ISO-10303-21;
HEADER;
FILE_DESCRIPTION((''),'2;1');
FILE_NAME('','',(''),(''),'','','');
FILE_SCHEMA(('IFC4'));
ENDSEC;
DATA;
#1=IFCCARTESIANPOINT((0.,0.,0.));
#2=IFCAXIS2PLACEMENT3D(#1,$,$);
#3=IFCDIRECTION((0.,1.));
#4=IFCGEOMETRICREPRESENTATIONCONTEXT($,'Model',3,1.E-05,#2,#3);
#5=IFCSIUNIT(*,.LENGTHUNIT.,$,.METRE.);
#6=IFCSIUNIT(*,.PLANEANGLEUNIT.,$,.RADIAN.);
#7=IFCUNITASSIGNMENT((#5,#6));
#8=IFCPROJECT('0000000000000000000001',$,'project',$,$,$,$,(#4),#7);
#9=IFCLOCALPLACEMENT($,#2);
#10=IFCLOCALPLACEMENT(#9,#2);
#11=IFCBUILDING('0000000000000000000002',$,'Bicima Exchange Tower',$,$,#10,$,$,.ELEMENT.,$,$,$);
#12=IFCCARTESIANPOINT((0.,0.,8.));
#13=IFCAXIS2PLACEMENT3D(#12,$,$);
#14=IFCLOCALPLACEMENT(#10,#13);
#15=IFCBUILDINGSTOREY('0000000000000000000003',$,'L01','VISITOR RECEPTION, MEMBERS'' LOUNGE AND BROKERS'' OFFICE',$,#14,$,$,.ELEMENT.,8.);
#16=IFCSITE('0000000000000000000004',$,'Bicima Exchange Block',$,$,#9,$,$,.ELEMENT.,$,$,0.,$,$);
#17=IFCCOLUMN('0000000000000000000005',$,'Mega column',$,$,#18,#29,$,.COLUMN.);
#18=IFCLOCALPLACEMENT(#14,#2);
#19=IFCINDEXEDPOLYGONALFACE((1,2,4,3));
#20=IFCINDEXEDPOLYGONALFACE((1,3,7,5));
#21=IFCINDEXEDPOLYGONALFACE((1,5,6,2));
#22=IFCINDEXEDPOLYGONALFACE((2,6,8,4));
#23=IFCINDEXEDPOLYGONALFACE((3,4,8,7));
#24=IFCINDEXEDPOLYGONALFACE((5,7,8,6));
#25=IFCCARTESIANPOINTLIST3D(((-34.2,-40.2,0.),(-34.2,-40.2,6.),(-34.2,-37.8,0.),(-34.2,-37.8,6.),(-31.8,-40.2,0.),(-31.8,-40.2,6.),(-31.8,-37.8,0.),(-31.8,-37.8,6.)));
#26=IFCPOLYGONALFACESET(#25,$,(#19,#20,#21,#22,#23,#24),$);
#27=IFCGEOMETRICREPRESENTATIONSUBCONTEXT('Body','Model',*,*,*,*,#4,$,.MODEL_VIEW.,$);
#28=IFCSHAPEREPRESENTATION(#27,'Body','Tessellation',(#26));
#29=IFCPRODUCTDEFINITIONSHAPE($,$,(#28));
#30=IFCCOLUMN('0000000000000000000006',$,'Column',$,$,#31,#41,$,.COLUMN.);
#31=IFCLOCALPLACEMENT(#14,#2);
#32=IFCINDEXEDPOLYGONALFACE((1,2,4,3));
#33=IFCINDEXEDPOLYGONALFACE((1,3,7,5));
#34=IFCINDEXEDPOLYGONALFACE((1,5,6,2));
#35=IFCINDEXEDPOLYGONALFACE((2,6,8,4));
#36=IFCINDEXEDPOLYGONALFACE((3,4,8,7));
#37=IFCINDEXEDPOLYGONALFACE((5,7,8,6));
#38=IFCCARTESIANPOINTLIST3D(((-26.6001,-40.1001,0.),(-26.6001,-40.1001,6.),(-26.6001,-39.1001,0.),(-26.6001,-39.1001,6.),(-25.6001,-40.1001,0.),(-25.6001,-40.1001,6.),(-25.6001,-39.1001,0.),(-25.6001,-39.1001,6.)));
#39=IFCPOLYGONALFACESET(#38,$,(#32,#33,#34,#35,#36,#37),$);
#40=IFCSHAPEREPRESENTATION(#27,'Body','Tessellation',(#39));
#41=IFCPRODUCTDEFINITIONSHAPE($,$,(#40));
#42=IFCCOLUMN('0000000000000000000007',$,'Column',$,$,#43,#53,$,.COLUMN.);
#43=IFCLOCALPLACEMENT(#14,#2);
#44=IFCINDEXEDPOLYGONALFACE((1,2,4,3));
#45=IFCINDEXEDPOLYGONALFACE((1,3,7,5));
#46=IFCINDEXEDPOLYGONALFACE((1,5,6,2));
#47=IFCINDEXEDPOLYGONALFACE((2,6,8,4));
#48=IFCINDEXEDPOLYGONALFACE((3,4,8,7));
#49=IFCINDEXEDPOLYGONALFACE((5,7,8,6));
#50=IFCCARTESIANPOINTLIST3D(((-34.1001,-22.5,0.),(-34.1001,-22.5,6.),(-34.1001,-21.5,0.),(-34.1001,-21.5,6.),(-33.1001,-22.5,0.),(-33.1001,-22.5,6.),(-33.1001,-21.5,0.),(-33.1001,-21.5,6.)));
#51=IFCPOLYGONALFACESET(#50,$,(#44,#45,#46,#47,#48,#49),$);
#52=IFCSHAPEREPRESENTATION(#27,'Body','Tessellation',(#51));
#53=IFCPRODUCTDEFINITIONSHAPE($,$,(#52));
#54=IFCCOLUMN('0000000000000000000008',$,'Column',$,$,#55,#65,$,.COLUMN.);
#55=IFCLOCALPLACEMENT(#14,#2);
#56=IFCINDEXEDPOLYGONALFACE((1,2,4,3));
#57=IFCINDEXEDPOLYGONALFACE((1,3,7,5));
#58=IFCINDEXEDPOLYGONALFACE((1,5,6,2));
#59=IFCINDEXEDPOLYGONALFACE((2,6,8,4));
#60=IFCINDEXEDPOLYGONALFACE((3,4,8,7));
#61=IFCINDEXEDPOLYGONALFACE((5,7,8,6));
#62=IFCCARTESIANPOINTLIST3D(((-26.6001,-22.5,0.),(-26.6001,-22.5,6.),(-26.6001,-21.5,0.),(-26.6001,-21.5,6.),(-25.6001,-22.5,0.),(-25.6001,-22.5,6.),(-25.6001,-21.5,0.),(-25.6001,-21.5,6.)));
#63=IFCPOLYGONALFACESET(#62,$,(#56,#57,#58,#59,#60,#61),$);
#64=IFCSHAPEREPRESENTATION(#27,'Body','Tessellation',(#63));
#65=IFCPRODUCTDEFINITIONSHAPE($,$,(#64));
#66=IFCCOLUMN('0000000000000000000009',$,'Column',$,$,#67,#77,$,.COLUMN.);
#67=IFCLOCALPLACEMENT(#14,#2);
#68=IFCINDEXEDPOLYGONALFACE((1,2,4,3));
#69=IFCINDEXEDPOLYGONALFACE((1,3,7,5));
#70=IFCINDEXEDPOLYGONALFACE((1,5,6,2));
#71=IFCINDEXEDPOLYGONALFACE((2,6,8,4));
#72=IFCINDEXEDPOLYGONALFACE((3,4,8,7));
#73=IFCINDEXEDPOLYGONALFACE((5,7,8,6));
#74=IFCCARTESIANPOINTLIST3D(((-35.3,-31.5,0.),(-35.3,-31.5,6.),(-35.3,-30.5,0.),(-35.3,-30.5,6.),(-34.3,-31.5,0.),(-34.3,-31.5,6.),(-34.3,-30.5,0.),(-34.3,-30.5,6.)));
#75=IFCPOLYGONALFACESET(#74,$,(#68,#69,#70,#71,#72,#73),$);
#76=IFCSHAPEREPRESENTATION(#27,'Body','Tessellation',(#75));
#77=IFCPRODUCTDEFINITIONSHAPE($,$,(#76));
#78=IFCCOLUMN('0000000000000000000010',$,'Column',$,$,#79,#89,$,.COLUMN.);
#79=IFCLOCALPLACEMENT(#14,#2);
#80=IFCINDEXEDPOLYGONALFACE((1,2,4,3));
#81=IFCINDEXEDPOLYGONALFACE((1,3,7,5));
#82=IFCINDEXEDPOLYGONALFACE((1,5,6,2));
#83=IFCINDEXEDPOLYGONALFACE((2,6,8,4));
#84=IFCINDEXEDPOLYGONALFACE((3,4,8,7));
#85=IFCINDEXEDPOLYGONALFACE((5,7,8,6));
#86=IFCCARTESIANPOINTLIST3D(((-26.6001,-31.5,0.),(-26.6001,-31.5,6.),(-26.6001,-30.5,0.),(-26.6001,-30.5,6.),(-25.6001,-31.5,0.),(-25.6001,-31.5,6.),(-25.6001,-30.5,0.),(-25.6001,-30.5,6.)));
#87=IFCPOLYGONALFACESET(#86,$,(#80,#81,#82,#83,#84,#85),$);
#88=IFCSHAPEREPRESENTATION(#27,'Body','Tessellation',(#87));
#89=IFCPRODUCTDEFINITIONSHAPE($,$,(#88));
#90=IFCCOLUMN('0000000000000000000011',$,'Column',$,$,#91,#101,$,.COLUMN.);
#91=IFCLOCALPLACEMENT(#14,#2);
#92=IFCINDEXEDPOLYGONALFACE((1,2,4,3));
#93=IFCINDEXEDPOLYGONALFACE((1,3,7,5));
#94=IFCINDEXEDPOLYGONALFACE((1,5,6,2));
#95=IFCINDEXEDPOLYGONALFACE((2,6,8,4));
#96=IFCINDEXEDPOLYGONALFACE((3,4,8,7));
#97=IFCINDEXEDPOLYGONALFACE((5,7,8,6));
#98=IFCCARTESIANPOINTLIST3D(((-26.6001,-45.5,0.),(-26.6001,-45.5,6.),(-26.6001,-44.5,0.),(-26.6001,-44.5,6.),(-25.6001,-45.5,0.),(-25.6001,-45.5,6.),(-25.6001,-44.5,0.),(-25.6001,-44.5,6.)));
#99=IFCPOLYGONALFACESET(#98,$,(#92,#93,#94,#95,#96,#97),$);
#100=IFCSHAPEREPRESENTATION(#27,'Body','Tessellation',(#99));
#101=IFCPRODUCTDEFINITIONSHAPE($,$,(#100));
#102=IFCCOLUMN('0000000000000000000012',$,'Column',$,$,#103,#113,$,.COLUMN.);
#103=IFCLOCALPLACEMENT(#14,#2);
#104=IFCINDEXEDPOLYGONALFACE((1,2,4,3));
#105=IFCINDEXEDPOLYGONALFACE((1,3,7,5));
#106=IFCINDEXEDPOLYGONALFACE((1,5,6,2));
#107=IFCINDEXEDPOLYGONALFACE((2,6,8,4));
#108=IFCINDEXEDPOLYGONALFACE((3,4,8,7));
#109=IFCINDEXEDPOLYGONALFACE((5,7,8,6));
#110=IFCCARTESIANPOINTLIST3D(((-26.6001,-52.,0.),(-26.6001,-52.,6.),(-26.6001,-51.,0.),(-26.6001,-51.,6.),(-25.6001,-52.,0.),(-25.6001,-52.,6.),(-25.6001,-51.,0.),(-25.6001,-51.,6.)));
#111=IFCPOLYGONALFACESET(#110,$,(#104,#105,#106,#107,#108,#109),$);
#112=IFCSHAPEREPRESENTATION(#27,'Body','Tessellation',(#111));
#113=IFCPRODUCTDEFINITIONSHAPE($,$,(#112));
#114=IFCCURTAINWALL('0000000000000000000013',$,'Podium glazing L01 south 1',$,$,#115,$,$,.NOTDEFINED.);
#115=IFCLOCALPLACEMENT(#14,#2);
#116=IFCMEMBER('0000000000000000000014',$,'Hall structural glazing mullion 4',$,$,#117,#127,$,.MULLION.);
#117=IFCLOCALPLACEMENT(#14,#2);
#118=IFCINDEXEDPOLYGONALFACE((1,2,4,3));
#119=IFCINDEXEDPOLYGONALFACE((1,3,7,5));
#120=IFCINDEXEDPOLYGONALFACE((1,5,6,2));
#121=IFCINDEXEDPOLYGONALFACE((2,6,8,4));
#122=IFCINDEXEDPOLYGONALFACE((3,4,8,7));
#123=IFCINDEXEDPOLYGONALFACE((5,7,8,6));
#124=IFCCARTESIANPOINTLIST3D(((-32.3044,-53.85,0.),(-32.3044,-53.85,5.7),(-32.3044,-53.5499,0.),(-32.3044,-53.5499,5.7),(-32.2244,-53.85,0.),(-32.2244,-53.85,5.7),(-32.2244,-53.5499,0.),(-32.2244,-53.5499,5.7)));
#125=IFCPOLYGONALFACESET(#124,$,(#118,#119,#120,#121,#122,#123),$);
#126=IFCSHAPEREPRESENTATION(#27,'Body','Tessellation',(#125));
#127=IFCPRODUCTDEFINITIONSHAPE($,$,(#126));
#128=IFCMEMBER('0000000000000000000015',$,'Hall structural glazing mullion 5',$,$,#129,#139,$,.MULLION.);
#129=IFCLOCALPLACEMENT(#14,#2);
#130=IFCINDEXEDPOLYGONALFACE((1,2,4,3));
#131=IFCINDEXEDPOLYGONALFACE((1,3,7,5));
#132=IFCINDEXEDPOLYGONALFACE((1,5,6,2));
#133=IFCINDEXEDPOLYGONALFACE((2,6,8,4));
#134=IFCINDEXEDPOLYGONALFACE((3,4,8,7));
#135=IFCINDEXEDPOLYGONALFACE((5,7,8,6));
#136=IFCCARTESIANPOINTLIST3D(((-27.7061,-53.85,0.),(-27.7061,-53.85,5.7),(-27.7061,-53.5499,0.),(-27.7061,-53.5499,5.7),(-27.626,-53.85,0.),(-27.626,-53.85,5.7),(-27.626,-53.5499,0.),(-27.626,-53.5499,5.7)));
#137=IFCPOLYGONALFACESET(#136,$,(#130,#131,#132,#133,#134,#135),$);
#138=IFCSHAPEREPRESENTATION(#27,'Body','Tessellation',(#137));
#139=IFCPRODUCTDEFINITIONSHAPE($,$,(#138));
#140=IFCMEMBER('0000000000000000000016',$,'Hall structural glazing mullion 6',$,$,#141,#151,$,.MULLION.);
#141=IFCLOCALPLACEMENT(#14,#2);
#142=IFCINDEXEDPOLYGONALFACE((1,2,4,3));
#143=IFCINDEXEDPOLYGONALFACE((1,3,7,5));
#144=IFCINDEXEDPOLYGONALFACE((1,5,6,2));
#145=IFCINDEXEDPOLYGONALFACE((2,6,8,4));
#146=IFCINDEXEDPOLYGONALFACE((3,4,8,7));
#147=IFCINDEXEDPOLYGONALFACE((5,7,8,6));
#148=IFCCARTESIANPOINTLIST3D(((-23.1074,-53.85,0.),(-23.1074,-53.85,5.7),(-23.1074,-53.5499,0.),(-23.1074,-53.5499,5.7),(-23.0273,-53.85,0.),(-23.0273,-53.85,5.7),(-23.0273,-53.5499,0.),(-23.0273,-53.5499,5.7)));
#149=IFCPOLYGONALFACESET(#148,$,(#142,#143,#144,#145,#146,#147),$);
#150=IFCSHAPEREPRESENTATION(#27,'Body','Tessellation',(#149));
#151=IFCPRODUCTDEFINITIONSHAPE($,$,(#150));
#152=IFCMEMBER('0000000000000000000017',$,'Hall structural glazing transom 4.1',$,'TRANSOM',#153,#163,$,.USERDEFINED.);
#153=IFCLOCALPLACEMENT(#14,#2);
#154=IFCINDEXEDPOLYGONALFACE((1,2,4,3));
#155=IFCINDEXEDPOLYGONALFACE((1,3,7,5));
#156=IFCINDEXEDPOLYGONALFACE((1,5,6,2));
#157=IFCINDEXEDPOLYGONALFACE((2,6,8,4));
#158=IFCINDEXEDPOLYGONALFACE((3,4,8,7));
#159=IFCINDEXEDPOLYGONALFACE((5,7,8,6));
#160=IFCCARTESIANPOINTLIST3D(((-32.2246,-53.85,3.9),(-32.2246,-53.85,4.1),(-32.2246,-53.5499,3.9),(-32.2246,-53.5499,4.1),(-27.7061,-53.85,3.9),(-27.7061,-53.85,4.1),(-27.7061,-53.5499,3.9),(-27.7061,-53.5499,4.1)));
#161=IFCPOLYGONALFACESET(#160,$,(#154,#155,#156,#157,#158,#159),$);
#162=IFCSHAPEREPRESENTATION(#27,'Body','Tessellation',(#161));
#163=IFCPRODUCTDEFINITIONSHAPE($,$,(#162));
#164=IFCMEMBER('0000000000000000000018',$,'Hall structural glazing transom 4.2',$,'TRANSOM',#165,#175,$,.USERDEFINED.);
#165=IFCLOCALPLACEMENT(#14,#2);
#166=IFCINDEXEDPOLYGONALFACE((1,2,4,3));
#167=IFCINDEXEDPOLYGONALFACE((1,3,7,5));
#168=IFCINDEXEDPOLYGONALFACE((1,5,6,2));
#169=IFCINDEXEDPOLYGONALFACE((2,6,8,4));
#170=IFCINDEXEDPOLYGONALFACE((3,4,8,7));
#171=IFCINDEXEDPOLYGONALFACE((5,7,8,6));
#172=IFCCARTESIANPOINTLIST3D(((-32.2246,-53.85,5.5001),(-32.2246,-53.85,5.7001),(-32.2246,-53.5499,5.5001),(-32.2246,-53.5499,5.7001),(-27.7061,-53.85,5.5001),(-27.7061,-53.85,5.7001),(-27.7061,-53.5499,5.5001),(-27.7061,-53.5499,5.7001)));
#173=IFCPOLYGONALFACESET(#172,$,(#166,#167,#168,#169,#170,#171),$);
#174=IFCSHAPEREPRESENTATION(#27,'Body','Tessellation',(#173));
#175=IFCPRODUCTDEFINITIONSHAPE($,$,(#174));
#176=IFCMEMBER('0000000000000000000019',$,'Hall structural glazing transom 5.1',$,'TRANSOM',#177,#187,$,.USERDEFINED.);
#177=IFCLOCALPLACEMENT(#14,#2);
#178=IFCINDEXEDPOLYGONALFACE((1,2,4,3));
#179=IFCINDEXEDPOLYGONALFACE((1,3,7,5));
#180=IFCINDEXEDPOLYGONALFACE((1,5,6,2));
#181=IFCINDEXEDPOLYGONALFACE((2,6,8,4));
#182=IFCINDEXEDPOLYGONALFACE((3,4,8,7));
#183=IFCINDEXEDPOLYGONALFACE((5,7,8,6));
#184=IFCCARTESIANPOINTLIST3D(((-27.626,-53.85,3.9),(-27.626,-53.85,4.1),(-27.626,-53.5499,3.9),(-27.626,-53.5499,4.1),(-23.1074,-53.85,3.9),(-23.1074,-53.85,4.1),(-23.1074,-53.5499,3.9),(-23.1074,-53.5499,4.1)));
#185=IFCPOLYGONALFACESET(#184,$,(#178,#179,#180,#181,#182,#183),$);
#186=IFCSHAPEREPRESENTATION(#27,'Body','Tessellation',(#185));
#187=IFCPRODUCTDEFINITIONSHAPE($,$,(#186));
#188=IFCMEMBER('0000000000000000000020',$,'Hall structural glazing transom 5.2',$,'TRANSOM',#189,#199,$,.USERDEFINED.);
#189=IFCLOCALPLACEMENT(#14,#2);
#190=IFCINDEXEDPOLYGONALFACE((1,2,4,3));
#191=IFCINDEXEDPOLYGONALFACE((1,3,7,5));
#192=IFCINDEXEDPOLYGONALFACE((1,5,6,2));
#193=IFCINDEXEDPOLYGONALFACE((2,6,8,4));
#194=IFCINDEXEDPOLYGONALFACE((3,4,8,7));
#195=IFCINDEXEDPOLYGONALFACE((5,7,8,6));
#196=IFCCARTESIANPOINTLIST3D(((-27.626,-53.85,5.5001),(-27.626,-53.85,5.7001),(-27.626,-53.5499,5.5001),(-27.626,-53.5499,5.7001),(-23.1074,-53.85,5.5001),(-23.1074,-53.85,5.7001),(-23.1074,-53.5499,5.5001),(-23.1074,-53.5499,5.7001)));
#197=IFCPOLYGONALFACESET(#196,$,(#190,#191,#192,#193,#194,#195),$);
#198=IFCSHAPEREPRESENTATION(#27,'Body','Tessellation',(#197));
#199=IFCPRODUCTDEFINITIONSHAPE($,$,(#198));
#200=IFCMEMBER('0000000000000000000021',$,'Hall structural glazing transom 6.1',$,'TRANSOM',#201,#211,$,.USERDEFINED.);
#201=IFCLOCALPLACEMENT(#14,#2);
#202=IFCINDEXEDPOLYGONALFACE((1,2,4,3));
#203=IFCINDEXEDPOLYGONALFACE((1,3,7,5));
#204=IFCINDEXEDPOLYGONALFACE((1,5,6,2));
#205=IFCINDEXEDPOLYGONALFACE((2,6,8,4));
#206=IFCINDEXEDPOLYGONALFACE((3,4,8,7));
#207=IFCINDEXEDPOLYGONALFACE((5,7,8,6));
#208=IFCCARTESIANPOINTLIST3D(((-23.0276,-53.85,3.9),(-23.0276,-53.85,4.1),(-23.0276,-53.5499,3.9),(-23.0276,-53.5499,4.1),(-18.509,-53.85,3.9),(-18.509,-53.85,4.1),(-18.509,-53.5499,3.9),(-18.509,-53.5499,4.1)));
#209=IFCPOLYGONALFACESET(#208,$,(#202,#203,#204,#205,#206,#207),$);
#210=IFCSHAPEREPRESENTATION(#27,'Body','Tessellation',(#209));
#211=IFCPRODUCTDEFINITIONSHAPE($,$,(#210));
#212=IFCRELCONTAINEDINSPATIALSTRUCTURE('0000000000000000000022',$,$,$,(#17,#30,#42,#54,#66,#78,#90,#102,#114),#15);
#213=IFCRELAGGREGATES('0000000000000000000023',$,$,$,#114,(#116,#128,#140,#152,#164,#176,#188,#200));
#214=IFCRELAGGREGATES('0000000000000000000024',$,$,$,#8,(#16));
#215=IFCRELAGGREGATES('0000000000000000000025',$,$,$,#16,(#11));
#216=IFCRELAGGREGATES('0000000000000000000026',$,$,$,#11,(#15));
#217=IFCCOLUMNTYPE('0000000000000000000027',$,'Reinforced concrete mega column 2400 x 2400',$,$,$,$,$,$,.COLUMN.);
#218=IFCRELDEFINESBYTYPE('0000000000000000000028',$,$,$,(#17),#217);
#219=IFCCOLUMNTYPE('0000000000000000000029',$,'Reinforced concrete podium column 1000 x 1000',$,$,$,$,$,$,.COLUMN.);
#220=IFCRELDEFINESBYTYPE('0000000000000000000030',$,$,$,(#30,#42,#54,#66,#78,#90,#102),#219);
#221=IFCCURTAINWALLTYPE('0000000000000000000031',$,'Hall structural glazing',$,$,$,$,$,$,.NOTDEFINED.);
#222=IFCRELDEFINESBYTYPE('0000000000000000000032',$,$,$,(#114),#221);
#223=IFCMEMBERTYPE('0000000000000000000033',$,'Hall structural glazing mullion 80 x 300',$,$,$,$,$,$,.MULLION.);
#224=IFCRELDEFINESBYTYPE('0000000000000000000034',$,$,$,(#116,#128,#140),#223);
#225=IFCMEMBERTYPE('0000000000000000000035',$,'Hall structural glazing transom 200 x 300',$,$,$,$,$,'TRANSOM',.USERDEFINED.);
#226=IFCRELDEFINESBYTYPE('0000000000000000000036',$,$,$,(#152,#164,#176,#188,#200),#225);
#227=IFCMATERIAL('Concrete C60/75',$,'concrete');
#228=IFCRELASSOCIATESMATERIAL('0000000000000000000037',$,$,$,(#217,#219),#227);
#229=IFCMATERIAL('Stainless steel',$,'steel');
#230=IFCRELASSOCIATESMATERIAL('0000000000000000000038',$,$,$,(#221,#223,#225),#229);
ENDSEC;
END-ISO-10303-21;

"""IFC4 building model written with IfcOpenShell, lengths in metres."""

from ifc_helpers import new_model, si_unit, direction, frame, origin, origin_2d, place, context, subcontext, project, spatial, rectangle, extrude, material, material_profile, profile_set, type_object, element, aggregate, save


model = new_model("IFC4")

# Units and contexts
model_context = context("Model", 3, precision=1e-05, world=origin(), true_north=direction((0.0, 1.0)))
body_context = subcontext(model_context, "Body", "Model", "MODEL_VIEW")
ifc_project = project(units=[si_unit("LENGTHUNIT", "METRE"), si_unit("PLANEANGLEUNIT", "RADIAN")], contexts=[model_context])

# Site, building, storey
site_placement = place(None, origin())
site = spatial("IfcSite", under=ifc_project, at=site_placement, Name="Bicima Exchange Block", CompositionType="ELEMENT", RefElevation=0.0)
building_placement = place(site_placement, origin())
building = spatial("IfcBuilding", under=site, at=building_placement, Name="Bicima Exchange Tower", CompositionType="ELEMENT")
storey_placement = place(building_placement, frame((0.0, 0.0, 8.0)))
storey = spatial("IfcBuildingStorey", under=building, at=storey_placement, Name="L01", Description="VISITOR RECEPTION, MEMBERS' LOUNGE AND BROKERS' OFFICE", CompositionType="ELEMENT", Elevation=8.0)

# Columns
ifc_material_1 = material(Name="Concrete C60/75", Category="concrete")
ifc_material_profile_1 = material_profile(ifc_material_1, rectangle(XDim=2.3999, YDim=2.3999, at=origin_2d()))
ifc_profile_set_1 = profile_set([ifc_material_profile_1], Name="Concrete C60/75")
column_type_1 = type_object("IfcColumnType", Name="Reinforced concrete mega column 2400 x 2400", PredefinedType="COLUMN", material=ifc_profile_set_1)
column_placement = place(storey_placement, frame((-33.0, -39.0, 0.0), z_axis=(0.0, 0.0, 1.0), x_axis=(1.0, 0.0, 0.0)))
element("IfcColumn", 1, at=column_placement, inside=storey, type_object=column_type_1, Name="Mega column", PredefinedType="COLUMN", context=body_context, shape_type="SweptSolid", body=[
    extrude(rectangle(XDim=2.3999, YDim=2.3999, at=origin_2d()), origin(), (0.0, 0.0, 1.0), 6.0),
])
ifc_material_profile_2 = material_profile(ifc_material_1, rectangle(XDim=1.0, YDim=1.0, at=origin_2d()))
ifc_profile_set_2 = profile_set([ifc_material_profile_2], Name="Concrete C60/75")
column_type_2 = type_object("IfcColumnType", Name="Reinforced concrete podium column 1000 x 1000", PredefinedType="COLUMN", material=ifc_profile_set_2)
for number, where, z_axis, x_axis, name in (
    (2, (-26.1001, -39.6001, 0.0), (0.0, 0.0, 1.0), (1.0, 0.0, 0.0), "Column"),
    (3, (-33.6001, -22.0, 0.0), (0.0, 0.0, 1.0), (1.0, 0.0, 0.0), "Column"),
    (4, (-26.1001, -22.0, 0.0), (0.0, 0.0, 1.0), (1.0, 0.0, 0.0), "Column"),
    (5, (-34.8, -31.0, 0.0), (0.0, 0.0, 1.0), (1.0, 0.0, 0.0), "Column"),
    (6, (-26.1001, -31.0, 0.0), (0.0, 0.0, 1.0), (1.0, 0.0, 0.0), "Column"),
    (7, (-26.1001, -45.0, 0.0), (0.0, 0.0, 1.0), (1.0, 0.0, 0.0), "Column"),
    (8, (-26.1001, -51.5, 0.0), (0.0, 0.0, 1.0), (1.0, 0.0, 0.0), "Column"),
):
    element("IfcColumn", number, at=place(storey_placement, frame(where, z_axis=z_axis, x_axis=x_axis)), inside=storey, type_object=column_type_2, Name=name, PredefinedType="COLUMN", context=body_context, shape_type="SweptSolid", body=[
        extrude(rectangle(XDim=1.0, YDim=1.0, at=origin_2d()), origin(), (0.0, 0.0, 1.0), 6.0),
    ])

# Curtain wall, members
ifc_material_2 = material(Name="Stainless steel", Category="steel")
curtain_wall_type = type_object("IfcCurtainWallType", Name="Hall structural glazing", PredefinedType="NOTDEFINED", material=ifc_material_2)
curtain_wall_placement = place(storey_placement, origin())
curtain_wall = element("IfcCurtainWall", 9, at=curtain_wall_placement, inside=storey, type_object=curtain_wall_type, Name="Podium glazing L01 south 1", PredefinedType="NOTDEFINED")
ifc_material_profile_3 = material_profile(ifc_material_2, rectangle(XDim=0.3, YDim=0.0801, at=origin_2d()))
ifc_profile_set_3 = profile_set([ifc_material_profile_3], Name="Stainless steel")
member_type_1 = type_object("IfcMemberType", Name="Hall structural glazing mullion 80 x 300", PredefinedType="MULLION", material=ifc_profile_set_3)
member_1_placement = place(storey_placement, frame((-32.2644, -53.7, 0.0), z_axis=(0.0, 0.0, 1.0), x_axis=(0.0, 1.0, 0.0)))
member_1 = element("IfcMember", 10, at=member_1_placement, type_object=member_type_1, Name="Hall structural glazing mullion 4", PredefinedType="MULLION", context=body_context, shape_type="SweptSolid", body=[
    extrude(rectangle(XDim=0.3, YDim=0.0801, at=origin_2d()), origin(), (0.0, 0.0, 1.0), 5.7),
])
member_2_placement = place(storey_placement, frame((-27.666, -53.7, 0.0), z_axis=(0.0, 0.0, 1.0), x_axis=(0.0, 1.0, 0.0)))
member_2 = element("IfcMember", 11, at=member_2_placement, type_object=member_type_1, Name="Hall structural glazing mullion 5", PredefinedType="MULLION", context=body_context, shape_type="SweptSolid", body=[
    extrude(rectangle(XDim=0.3, YDim=0.0801, at=origin_2d()), origin(), (0.0, 0.0, 1.0), 5.7),
])
member_3_placement = place(storey_placement, frame((-23.0674, -53.7, 0.0), z_axis=(0.0, 0.0, 1.0), x_axis=(0.0, 1.0, 0.0)))
member_3 = element("IfcMember", 12, at=member_3_placement, type_object=member_type_1, Name="Hall structural glazing mullion 6", PredefinedType="MULLION", context=body_context, shape_type="SweptSolid", body=[
    extrude(rectangle(XDim=0.3, YDim=0.0801, at=origin_2d()), origin(), (0.0, 0.0, 1.0), 5.7),
])
ifc_material_profile_4 = material_profile(ifc_material_2, rectangle(XDim=0.3, YDim=0.2, at=origin_2d()))
ifc_profile_set_4 = profile_set([ifc_material_profile_4], Name="Stainless steel")
member_type_2 = type_object("IfcMemberType", Name="Hall structural glazing transom 200 x 300", ElementType="TRANSOM", PredefinedType="USERDEFINED", material=ifc_profile_set_4)
member_4_placement = place(storey_placement, frame((-32.2246, -53.7, 4.0), z_axis=(1.0, 0.0, 0.0), x_axis=(0.0, 1.0, 0.0)))
member_4 = element("IfcMember", 13, at=member_4_placement, type_object=member_type_2, Name="Hall structural glazing transom 4.1", ObjectType="TRANSOM", PredefinedType="USERDEFINED", context=body_context, shape_type="SweptSolid", body=[
    extrude(rectangle(XDim=0.3, YDim=0.2, at=origin_2d()), origin(), (0.0, 0.0, 1.0), 4.5186),
])
member_5_placement = place(storey_placement, frame((-32.2246, -53.7, 5.6001), z_axis=(1.0, 0.0, 0.0), x_axis=(0.0, 1.0, 0.0)))
member_5 = element("IfcMember", 14, at=member_5_placement, type_object=member_type_2, Name="Hall structural glazing transom 4.2", ObjectType="TRANSOM", PredefinedType="USERDEFINED", context=body_context, shape_type="SweptSolid", body=[
    extrude(rectangle(XDim=0.3, YDim=0.2, at=origin_2d()), origin(), (0.0, 0.0, 1.0), 4.5186),
])
member_6_placement = place(storey_placement, frame((-27.626, -53.7, 4.0), z_axis=(1.0, 0.0, 0.0), x_axis=(0.0, 1.0, 0.0)))
member_6 = element("IfcMember", 15, at=member_6_placement, type_object=member_type_2, Name="Hall structural glazing transom 5.1", ObjectType="TRANSOM", PredefinedType="USERDEFINED", context=body_context, shape_type="SweptSolid", body=[
    extrude(rectangle(XDim=0.3, YDim=0.2, at=origin_2d()), origin(), (0.0, 0.0, 1.0), 4.5186),
])
member_7_placement = place(storey_placement, frame((-27.626, -53.7, 5.6001), z_axis=(1.0, 0.0, 0.0), x_axis=(0.0, 1.0, 0.0)))
member_7 = element("IfcMember", 16, at=member_7_placement, type_object=member_type_2, Name="Hall structural glazing transom 5.2", ObjectType="TRANSOM", PredefinedType="USERDEFINED", context=body_context, shape_type="SweptSolid", body=[
    extrude(rectangle(XDim=0.3, YDim=0.2, at=origin_2d()), origin(), (0.0, 0.0, 1.0), 4.5186),
])
member_8_placement = place(storey_placement, frame((-23.0276, -53.7, 4.0), z_axis=(1.0, 0.0, 0.0), x_axis=(0.0, 1.0, 0.0)))
member_8 = element("IfcMember", 17, at=member_8_placement, type_object=member_type_2, Name="Hall structural glazing transom 6.1", ObjectType="TRANSOM", PredefinedType="USERDEFINED", context=body_context, shape_type="SweptSolid", body=[
    extrude(rectangle(XDim=0.3, YDim=0.2, at=origin_2d()), origin(), (0.0, 0.0, 1.0), 4.5186),
])
aggregate(curtain_wall, [member_1, member_2, member_3, member_4, member_5, member_6, member_7, member_8])

save(model, "model.ifc")
